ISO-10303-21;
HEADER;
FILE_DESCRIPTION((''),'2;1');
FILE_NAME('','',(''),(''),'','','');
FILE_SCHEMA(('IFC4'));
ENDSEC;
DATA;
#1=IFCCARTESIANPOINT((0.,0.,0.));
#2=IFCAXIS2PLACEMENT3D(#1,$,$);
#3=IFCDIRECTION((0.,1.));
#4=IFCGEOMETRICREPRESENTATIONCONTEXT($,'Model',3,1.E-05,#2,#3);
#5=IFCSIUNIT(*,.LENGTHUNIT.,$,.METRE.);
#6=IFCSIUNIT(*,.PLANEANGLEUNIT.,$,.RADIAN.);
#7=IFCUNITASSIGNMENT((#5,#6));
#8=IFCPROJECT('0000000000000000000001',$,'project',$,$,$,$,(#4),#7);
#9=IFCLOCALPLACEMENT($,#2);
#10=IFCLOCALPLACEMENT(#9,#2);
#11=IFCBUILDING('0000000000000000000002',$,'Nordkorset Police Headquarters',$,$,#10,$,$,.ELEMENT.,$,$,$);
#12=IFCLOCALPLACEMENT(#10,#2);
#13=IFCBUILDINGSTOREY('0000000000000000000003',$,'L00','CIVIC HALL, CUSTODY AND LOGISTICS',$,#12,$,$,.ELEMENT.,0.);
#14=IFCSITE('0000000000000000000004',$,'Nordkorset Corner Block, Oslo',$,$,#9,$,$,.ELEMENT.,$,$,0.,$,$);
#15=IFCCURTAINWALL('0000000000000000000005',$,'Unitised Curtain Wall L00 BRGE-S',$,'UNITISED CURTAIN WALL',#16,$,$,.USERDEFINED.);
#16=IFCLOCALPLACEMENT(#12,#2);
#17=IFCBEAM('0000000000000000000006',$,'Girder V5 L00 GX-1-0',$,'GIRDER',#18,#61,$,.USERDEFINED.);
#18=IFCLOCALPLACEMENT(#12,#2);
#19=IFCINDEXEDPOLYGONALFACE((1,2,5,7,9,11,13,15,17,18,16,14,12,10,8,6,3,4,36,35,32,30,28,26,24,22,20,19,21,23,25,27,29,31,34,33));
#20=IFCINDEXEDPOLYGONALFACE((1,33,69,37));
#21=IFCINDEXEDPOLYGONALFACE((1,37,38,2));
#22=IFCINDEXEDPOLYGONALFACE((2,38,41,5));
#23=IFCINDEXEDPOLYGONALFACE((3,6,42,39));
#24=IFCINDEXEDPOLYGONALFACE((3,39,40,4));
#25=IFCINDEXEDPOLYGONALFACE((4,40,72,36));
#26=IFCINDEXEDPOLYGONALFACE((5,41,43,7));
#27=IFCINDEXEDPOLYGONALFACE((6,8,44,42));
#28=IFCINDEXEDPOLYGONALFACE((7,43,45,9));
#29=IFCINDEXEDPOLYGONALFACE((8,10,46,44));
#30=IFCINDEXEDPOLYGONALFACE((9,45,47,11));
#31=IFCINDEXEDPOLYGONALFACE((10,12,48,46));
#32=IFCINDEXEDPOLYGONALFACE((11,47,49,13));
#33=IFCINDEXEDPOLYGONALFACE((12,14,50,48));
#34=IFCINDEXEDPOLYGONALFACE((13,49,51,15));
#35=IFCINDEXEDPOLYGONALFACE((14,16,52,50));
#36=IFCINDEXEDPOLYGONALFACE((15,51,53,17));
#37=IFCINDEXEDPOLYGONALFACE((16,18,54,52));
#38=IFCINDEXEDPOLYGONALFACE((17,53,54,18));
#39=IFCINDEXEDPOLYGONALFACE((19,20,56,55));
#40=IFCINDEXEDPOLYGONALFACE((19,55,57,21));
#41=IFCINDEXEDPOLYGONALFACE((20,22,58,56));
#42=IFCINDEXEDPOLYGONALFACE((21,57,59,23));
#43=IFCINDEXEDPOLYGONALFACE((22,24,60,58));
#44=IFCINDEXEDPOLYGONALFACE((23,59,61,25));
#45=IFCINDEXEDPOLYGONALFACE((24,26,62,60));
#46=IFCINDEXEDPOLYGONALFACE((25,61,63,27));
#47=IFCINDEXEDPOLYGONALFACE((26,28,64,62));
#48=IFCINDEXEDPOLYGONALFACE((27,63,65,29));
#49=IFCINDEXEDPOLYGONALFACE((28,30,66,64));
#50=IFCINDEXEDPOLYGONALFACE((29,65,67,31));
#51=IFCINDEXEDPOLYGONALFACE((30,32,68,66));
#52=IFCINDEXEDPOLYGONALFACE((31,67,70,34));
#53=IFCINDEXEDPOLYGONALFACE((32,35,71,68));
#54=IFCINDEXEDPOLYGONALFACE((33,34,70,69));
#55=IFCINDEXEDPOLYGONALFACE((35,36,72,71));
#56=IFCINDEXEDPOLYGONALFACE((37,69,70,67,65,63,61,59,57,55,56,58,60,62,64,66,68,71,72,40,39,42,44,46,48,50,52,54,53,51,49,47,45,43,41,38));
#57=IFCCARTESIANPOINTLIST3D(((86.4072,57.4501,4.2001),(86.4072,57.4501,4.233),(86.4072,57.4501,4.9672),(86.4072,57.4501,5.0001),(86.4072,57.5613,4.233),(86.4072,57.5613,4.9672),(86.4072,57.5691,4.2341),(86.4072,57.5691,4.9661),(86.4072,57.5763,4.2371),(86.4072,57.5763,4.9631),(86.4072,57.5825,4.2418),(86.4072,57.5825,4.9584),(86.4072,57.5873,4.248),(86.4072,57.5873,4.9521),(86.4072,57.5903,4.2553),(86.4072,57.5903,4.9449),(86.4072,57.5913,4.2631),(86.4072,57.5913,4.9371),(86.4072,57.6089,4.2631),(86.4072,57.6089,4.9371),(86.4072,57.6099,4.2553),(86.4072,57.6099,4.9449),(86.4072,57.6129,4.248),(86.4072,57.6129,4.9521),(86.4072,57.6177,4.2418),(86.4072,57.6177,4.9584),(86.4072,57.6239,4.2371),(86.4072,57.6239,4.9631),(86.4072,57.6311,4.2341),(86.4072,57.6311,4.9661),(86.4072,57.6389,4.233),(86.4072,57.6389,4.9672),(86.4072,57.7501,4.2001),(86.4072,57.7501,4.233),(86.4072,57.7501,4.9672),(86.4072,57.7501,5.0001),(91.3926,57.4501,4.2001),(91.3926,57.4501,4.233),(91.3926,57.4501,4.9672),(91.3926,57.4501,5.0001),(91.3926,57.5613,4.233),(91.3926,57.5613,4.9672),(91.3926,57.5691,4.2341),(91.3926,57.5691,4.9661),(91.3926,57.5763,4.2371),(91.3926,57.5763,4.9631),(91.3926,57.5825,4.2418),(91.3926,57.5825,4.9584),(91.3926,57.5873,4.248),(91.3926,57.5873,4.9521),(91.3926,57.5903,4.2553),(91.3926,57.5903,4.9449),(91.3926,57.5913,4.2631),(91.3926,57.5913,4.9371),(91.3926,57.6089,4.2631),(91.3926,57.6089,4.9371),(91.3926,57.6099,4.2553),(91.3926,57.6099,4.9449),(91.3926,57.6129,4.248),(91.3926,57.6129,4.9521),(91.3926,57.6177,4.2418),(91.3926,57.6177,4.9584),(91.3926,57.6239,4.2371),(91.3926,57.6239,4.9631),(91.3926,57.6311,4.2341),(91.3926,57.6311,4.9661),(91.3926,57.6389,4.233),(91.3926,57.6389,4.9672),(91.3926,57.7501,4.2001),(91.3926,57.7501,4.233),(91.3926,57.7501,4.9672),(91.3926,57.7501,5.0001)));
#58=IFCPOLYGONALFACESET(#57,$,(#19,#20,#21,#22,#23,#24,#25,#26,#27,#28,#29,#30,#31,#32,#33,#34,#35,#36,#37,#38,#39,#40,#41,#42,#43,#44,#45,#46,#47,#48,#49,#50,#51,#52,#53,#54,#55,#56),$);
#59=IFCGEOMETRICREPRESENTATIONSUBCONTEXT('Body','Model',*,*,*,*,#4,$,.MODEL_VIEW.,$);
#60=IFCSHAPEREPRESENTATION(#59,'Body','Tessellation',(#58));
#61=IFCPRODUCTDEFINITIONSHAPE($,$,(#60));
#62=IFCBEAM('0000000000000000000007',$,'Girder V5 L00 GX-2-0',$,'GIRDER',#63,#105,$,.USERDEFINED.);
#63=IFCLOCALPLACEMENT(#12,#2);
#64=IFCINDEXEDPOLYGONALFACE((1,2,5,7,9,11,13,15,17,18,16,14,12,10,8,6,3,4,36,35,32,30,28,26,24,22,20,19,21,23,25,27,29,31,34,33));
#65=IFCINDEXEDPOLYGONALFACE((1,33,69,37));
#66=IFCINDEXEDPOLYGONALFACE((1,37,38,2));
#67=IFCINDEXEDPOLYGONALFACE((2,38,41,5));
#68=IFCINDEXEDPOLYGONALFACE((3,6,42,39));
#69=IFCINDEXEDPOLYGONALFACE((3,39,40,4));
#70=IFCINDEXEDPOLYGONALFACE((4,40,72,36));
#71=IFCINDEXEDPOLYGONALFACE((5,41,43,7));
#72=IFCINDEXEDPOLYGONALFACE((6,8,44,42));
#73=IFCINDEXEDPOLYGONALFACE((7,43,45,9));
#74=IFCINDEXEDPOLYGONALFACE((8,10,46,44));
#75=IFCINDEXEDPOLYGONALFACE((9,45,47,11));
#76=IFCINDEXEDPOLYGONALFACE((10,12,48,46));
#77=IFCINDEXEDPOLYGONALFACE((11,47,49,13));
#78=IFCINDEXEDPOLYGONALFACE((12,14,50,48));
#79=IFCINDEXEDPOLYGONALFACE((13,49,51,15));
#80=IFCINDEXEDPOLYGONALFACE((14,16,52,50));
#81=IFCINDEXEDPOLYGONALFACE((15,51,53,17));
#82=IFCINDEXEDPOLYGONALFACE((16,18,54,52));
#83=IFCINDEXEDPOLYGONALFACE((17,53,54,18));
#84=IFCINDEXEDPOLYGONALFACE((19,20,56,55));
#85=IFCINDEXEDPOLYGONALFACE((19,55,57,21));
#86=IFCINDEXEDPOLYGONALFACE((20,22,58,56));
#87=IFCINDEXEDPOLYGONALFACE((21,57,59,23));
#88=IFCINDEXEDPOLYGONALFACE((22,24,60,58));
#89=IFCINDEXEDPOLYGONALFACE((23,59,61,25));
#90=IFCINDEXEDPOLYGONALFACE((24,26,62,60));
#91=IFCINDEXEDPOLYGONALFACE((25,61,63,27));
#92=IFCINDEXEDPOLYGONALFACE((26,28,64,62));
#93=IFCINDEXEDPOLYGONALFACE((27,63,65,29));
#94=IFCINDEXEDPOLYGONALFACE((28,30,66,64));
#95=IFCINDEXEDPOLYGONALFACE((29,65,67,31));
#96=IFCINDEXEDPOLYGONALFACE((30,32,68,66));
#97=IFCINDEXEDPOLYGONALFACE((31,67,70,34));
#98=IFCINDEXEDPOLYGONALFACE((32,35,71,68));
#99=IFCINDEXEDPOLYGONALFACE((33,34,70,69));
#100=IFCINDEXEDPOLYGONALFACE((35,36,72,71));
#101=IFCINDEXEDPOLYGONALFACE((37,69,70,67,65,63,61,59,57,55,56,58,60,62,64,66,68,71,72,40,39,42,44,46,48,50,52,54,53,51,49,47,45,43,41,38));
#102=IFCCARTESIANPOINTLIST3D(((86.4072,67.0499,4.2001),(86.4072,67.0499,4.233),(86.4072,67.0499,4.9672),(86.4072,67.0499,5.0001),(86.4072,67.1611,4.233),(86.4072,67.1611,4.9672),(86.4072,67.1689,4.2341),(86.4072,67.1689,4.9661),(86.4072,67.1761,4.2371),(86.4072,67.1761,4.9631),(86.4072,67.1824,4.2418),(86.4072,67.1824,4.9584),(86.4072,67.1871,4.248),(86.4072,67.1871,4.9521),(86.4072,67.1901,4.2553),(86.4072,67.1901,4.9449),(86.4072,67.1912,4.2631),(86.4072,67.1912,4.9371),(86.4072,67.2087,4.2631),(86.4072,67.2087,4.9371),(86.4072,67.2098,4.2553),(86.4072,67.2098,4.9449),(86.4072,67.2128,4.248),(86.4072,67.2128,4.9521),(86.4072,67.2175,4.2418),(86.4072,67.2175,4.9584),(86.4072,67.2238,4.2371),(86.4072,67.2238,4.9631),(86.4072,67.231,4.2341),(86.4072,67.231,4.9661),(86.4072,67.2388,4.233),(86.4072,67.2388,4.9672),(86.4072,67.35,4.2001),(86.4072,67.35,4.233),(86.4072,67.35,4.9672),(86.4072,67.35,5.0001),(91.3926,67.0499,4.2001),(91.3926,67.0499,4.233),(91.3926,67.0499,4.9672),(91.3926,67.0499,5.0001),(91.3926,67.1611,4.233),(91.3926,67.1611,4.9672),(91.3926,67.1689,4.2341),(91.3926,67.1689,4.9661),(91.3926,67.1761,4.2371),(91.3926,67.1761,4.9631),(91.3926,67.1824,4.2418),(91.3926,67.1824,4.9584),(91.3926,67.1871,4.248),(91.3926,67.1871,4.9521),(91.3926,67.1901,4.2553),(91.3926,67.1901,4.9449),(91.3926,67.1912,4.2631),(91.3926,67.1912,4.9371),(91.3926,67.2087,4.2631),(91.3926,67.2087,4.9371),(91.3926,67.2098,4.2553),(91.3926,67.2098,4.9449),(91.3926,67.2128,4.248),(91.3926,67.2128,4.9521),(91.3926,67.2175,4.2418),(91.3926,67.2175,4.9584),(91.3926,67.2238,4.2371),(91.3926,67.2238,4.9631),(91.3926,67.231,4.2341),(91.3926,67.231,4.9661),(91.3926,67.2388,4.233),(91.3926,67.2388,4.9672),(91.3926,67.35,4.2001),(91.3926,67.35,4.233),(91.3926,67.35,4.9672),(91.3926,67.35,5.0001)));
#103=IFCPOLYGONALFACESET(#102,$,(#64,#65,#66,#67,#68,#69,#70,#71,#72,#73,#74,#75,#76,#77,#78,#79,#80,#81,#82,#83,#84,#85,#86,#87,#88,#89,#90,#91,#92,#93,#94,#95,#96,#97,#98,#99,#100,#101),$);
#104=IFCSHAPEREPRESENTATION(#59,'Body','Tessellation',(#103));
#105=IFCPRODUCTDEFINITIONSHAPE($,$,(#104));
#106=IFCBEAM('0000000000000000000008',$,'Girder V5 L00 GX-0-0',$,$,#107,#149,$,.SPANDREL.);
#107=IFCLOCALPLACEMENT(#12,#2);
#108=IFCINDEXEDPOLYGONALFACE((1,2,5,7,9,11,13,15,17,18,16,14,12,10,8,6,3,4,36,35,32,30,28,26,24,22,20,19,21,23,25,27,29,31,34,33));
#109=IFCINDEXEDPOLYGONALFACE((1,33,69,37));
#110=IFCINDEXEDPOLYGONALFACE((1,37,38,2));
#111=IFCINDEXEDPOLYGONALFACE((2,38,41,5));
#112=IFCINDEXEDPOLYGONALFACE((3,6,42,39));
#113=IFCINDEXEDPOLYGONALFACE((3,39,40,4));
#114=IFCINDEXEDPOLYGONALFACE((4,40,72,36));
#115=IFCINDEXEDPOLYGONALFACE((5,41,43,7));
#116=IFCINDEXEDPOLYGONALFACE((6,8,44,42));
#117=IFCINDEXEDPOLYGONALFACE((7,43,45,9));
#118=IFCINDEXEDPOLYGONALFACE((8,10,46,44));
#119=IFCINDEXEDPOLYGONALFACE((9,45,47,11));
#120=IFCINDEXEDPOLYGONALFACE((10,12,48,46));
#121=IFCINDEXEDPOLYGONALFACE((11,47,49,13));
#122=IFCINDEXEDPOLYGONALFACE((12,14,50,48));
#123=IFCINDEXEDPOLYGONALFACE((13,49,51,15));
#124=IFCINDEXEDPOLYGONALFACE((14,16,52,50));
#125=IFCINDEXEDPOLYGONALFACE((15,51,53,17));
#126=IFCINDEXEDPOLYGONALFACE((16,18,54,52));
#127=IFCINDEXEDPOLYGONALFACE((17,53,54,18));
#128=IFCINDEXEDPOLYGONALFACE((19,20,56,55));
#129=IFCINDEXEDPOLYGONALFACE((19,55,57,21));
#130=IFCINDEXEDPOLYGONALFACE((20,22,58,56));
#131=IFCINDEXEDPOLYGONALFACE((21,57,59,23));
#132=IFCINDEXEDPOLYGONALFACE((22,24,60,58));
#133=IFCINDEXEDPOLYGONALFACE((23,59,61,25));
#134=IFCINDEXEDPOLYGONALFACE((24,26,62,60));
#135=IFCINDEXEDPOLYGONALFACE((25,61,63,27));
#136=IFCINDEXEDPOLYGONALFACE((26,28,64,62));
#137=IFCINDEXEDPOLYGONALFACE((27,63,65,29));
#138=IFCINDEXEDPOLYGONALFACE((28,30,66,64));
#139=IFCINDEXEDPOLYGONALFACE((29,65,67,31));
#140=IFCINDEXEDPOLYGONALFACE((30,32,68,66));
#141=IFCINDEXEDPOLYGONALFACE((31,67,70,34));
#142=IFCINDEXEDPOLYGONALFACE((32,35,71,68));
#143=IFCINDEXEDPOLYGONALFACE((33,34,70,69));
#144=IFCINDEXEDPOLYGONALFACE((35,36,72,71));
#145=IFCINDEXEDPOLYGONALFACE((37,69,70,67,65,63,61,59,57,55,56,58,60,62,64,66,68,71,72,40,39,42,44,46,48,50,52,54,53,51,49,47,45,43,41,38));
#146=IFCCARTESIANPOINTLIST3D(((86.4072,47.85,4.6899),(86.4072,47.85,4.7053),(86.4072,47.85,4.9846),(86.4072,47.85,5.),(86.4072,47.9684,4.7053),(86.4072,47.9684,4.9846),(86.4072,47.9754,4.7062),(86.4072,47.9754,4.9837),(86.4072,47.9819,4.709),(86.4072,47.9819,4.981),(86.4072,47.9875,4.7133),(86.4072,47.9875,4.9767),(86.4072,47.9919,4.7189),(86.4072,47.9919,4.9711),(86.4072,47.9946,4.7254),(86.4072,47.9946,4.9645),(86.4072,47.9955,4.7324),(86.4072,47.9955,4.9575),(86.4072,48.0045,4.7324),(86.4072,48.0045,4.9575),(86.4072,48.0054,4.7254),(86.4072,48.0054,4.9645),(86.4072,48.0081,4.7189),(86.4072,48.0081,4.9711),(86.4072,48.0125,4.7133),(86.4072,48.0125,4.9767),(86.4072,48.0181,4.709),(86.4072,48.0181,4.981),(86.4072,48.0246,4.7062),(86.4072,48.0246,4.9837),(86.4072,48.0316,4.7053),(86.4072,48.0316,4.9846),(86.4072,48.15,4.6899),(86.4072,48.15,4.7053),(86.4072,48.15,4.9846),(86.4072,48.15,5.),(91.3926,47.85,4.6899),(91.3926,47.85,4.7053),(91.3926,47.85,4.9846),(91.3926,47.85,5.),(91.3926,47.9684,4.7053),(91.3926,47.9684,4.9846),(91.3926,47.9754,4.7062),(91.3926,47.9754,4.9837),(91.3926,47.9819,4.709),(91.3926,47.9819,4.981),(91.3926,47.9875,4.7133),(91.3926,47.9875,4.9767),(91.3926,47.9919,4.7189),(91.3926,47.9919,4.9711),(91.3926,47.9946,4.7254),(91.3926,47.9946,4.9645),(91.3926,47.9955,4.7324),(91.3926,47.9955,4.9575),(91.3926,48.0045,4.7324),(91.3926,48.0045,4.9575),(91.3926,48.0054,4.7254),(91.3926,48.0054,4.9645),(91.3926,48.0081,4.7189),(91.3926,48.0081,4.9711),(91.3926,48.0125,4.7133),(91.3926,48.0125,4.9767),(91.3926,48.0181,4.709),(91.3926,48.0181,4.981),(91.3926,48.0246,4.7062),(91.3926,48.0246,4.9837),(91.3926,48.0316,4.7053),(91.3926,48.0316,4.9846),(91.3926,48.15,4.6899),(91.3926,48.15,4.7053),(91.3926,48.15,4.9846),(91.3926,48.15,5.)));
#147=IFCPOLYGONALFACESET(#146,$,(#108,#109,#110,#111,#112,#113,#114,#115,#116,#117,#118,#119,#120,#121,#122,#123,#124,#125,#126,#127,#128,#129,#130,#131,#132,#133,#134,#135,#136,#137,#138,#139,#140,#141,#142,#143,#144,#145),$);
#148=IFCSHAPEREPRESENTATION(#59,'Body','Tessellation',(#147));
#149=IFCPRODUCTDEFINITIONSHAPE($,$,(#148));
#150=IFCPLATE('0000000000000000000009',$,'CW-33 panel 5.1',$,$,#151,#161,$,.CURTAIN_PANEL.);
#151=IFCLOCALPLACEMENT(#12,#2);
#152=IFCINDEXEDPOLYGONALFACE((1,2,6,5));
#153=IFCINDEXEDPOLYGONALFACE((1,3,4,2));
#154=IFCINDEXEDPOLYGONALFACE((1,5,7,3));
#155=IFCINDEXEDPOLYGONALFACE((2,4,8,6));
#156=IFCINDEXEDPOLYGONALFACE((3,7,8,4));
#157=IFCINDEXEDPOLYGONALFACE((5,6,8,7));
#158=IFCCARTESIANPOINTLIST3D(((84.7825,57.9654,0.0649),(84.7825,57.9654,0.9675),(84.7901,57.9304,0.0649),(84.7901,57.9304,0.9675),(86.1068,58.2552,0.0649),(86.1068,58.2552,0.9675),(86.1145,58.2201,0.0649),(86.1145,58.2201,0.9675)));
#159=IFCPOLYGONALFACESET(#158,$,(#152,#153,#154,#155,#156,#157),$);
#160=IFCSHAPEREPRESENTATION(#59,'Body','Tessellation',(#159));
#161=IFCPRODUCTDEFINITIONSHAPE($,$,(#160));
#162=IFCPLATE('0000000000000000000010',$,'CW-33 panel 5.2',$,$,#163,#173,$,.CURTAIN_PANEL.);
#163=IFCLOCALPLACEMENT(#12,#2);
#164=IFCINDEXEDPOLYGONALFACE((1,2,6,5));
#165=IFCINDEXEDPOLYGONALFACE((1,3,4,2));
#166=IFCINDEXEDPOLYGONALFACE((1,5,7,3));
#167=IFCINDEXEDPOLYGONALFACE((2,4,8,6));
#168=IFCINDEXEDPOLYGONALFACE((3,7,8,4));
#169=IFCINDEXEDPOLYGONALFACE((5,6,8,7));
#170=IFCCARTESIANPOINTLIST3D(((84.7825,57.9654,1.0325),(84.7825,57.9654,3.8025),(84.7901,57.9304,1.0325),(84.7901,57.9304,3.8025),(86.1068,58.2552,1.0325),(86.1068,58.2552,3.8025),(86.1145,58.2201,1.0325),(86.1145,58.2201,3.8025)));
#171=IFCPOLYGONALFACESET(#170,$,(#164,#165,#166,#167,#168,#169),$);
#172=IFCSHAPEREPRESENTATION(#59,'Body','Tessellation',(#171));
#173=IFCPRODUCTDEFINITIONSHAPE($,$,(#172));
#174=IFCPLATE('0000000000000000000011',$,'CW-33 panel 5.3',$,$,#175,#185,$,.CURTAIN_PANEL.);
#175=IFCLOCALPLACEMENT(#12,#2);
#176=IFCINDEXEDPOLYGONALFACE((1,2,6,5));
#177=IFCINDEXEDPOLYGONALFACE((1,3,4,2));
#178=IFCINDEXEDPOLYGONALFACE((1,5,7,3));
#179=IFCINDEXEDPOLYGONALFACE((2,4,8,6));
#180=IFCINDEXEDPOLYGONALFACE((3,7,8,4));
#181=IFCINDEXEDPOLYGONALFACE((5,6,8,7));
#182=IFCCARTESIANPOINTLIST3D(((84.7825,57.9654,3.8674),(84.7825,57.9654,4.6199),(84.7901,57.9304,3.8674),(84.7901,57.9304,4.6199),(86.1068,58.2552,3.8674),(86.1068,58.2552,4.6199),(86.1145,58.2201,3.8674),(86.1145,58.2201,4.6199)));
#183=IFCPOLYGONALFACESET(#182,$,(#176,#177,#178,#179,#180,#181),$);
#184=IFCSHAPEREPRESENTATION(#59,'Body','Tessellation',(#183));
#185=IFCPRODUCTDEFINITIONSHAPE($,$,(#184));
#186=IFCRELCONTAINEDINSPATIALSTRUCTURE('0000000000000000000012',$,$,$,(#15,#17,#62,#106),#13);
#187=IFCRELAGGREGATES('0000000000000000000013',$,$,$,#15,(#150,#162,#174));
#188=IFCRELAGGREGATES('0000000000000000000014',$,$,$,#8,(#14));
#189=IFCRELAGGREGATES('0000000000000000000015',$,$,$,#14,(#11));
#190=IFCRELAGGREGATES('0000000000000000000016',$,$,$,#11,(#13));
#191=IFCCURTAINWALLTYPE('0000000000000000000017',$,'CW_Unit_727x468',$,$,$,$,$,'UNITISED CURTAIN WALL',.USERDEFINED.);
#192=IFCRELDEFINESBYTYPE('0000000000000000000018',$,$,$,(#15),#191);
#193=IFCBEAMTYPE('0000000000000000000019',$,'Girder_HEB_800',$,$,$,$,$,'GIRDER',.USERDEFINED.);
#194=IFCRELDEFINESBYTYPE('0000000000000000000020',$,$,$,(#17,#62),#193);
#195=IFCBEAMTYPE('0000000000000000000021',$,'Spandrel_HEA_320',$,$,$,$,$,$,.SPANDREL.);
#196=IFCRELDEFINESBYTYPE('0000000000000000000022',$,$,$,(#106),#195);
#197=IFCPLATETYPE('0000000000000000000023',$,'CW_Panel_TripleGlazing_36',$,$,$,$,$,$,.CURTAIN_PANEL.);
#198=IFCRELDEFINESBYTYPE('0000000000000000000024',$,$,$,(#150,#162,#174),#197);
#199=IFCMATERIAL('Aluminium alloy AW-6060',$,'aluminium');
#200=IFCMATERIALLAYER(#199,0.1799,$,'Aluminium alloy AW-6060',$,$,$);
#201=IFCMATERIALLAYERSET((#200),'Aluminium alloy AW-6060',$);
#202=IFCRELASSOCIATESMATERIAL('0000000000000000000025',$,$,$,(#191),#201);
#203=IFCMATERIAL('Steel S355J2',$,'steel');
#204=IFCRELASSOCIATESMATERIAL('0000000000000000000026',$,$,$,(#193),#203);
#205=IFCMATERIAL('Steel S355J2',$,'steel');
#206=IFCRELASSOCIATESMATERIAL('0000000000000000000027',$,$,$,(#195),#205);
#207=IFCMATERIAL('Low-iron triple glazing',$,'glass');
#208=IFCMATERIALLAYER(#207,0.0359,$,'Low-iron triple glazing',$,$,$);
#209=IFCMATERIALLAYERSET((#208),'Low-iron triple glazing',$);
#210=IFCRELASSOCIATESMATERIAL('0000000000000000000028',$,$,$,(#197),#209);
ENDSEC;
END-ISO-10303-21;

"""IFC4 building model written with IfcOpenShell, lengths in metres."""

from ifc_helpers import new_model, si_unit, direction, frame, origin, origin_2d, place, context, subcontext, project, spatial, rectangle, i_section, extrude, material, layer, layer_set, material_profile, profile_set, type_object, element, aggregate, save


model = new_model("IFC4")

# Units and contexts
model_context = context("Model", 3, precision=1e-05, world=origin(), true_north=direction((0.0, 1.0)))
body_context = subcontext(model_context, "Body", "Model", "MODEL_VIEW")
ifc_project = project(units=[si_unit("LENGTHUNIT", "METRE"), si_unit("PLANEANGLEUNIT", "RADIAN")], contexts=[model_context])

# Site, building, storey
site_placement = place(None, origin())
site = spatial("IfcSite", under=ifc_project, at=site_placement, Name="Nordkorset Corner Block, Oslo", CompositionType="ELEMENT", RefElevation=0.0)
building_placement = place(site_placement, origin())
building = spatial("IfcBuilding", under=site, at=building_placement, Name="Nordkorset Police Headquarters", CompositionType="ELEMENT")
storey_placement = place(building_placement, origin())
storey = spatial("IfcBuildingStorey", under=building, at=storey_placement, Name="L00", Description="CIVIC HALL, CUSTODY AND LOGISTICS", CompositionType="ELEMENT", Elevation=0.0)

# Curtain wall
ifc_material_1 = material(Name="Aluminium alloy AW-6060", Category="aluminium")
ifc_layer_1 = layer(ifc_material_1, 0.1799, Name="Aluminium alloy AW-6060")
ifc_layer_set_1 = layer_set([ifc_layer_1], Name="Aluminium alloy AW-6060")
curtain_wall_type_1 = type_object("IfcCurtainWallType", Name="CW_Unit_727x468", ElementType="UNITISED CURTAIN WALL", PredefinedType="USERDEFINED", material=ifc_layer_set_1)
curtain_wall_1_placement = place(storey_placement, origin())
curtain_wall_1 = element("IfcCurtainWall", 1, at=curtain_wall_1_placement, inside=storey, type_object=curtain_wall_type_1, Name="Unitised Curtain Wall L00 BRGE-S", ObjectType="UNITISED CURTAIN WALL", PredefinedType="USERDEFINED")

# Beams
ifc_material_2 = material(Name="Steel S355J2", Category="steel")
ifc_material_profile_1 = material_profile(ifc_material_2, i_section(OverallWidth=0.3, OverallDepth=0.8, WebThickness=0.0176, FlangeThickness=0.033, FilletRadius=0.03, at=origin_2d()), Name="HEB 800")
ifc_profile_set_1 = profile_set([ifc_material_profile_1], Name="Steel S355J2")
beam_type_1 = type_object("IfcBeamType", Name="Girder_HEB_800", ElementType="GIRDER", PredefinedType="USERDEFINED", material=ifc_profile_set_1)
for number, where, z_axis, x_axis, name in (
    (2, (86.4072, 57.6001, 4.6001), (1.0, 0.0, 0.0), (0.0, 1.0, 0.0), "Girder V5 L00 GX-1-0"),
    (3, (86.4072, 67.2, 4.6001), (1.0, 0.0, 0.0), (0.0, 1.0, 0.0), "Girder V5 L00 GX-2-0"),
):
    element("IfcBeam", number, at=place(storey_placement, frame(where, z_axis=z_axis, x_axis=x_axis)), inside=storey, type_object=beam_type_1, Name=name, ObjectType="GIRDER", PredefinedType="USERDEFINED", context=body_context, shape_type="SweptSolid", body=[
        extrude(i_section(OverallWidth=0.3, OverallDepth=0.8, WebThickness=0.0176, FlangeThickness=0.033, FilletRadius=0.03, at=origin_2d()), origin(), (0.0, 0.0, 1.0), 4.9854),
    ])
ifc_material_3 = material(Name="Steel S355J2", Category="steel")
ifc_material_profile_2 = material_profile(ifc_material_3, i_section(OverallWidth=0.3, OverallDepth=0.3101, WebThickness=0.009, FlangeThickness=0.0154, FilletRadius=0.0271, at=origin_2d()), Name="HEA 320")
ifc_profile_set_2 = profile_set([ifc_material_profile_2], Name="Steel S355J2")
beam_type_2 = type_object("IfcBeamType", Name="Spandrel_HEA_320", PredefinedType="SPANDREL", material=ifc_profile_set_2)
beam_1_placement = place(storey_placement, frame((86.4072, 48.0, 4.845), z_axis=(1.0, 0.0, 0.0), x_axis=(0.0, 1.0, 0.0)))
element("IfcBeam", 4, at=beam_1_placement, inside=storey, type_object=beam_type_2, Name="Girder V5 L00 GX-0-0", PredefinedType="SPANDREL", context=body_context, shape_type="SweptSolid", body=[
    extrude(i_section(OverallWidth=0.3, OverallDepth=0.3101, WebThickness=0.009, FlangeThickness=0.0154, FilletRadius=0.0271, at=origin_2d()), origin(), (0.0, 0.0, 1.0), 4.9854),
])

# Plates
ifc_material_4 = material(Name="Low-iron triple glazing", Category="glass")
ifc_layer_2 = layer(ifc_material_4, 0.0359, Name="Low-iron triple glazing")
ifc_layer_set_2 = layer_set([ifc_layer_2], Name="Low-iron triple glazing")
plate_type = type_object("IfcPlateType", Name="CW_Panel_TripleGlazing_36", PredefinedType="CURTAIN_PANEL", material=ifc_layer_set_2)
plate_1_placement = place(storey_placement, frame((85.4485, 58.0928, 0.0649), z_axis=(0.0, 0.0, 1.0), x_axis=(0.976891, 0.213737, 0.0)))
plate_1 = element("IfcPlate", 5, at=plate_1_placement, type_object=plate_type, Name="CW-33 panel 5.1", PredefinedType="CURTAIN_PANEL", context=body_context, shape_type="SweptSolid", body=[
    extrude(rectangle(XDim=1.3557, YDim=0.0359, at=origin_2d()), origin(), (0.0, 0.0, 1.0), 0.9026),
])
plate_2_placement = place(storey_placement, frame((85.4485, 58.0928, 1.0325), z_axis=(0.0, 0.0, 1.0), x_axis=(0.976891, 0.213737, 0.0)))
plate_2 = element("IfcPlate", 6, at=plate_2_placement, type_object=plate_type, Name="CW-33 panel 5.2", PredefinedType="CURTAIN_PANEL", context=body_context, shape_type="SweptSolid", body=[
    extrude(rectangle(XDim=1.3557, YDim=0.0359, at=origin_2d()), origin(), (0.0, 0.0, 1.0), 2.77),
])
plate_3_placement = place(storey_placement, frame((85.4485, 58.0928, 3.8674), z_axis=(0.0, 0.0, 1.0), x_axis=(0.976891, 0.213737, 0.0)))
plate_3 = element("IfcPlate", 7, at=plate_3_placement, type_object=plate_type, Name="CW-33 panel 5.3", PredefinedType="CURTAIN_PANEL", context=body_context, shape_type="SweptSolid", body=[
    extrude(rectangle(XDim=1.3557, YDim=0.0359, at=origin_2d()), origin(), (0.0, 0.0, 1.0), 0.7524),
])
aggregate(curtain_wall_1, [plate_1, plate_2, plate_3])

save(model, "model.ifc")
